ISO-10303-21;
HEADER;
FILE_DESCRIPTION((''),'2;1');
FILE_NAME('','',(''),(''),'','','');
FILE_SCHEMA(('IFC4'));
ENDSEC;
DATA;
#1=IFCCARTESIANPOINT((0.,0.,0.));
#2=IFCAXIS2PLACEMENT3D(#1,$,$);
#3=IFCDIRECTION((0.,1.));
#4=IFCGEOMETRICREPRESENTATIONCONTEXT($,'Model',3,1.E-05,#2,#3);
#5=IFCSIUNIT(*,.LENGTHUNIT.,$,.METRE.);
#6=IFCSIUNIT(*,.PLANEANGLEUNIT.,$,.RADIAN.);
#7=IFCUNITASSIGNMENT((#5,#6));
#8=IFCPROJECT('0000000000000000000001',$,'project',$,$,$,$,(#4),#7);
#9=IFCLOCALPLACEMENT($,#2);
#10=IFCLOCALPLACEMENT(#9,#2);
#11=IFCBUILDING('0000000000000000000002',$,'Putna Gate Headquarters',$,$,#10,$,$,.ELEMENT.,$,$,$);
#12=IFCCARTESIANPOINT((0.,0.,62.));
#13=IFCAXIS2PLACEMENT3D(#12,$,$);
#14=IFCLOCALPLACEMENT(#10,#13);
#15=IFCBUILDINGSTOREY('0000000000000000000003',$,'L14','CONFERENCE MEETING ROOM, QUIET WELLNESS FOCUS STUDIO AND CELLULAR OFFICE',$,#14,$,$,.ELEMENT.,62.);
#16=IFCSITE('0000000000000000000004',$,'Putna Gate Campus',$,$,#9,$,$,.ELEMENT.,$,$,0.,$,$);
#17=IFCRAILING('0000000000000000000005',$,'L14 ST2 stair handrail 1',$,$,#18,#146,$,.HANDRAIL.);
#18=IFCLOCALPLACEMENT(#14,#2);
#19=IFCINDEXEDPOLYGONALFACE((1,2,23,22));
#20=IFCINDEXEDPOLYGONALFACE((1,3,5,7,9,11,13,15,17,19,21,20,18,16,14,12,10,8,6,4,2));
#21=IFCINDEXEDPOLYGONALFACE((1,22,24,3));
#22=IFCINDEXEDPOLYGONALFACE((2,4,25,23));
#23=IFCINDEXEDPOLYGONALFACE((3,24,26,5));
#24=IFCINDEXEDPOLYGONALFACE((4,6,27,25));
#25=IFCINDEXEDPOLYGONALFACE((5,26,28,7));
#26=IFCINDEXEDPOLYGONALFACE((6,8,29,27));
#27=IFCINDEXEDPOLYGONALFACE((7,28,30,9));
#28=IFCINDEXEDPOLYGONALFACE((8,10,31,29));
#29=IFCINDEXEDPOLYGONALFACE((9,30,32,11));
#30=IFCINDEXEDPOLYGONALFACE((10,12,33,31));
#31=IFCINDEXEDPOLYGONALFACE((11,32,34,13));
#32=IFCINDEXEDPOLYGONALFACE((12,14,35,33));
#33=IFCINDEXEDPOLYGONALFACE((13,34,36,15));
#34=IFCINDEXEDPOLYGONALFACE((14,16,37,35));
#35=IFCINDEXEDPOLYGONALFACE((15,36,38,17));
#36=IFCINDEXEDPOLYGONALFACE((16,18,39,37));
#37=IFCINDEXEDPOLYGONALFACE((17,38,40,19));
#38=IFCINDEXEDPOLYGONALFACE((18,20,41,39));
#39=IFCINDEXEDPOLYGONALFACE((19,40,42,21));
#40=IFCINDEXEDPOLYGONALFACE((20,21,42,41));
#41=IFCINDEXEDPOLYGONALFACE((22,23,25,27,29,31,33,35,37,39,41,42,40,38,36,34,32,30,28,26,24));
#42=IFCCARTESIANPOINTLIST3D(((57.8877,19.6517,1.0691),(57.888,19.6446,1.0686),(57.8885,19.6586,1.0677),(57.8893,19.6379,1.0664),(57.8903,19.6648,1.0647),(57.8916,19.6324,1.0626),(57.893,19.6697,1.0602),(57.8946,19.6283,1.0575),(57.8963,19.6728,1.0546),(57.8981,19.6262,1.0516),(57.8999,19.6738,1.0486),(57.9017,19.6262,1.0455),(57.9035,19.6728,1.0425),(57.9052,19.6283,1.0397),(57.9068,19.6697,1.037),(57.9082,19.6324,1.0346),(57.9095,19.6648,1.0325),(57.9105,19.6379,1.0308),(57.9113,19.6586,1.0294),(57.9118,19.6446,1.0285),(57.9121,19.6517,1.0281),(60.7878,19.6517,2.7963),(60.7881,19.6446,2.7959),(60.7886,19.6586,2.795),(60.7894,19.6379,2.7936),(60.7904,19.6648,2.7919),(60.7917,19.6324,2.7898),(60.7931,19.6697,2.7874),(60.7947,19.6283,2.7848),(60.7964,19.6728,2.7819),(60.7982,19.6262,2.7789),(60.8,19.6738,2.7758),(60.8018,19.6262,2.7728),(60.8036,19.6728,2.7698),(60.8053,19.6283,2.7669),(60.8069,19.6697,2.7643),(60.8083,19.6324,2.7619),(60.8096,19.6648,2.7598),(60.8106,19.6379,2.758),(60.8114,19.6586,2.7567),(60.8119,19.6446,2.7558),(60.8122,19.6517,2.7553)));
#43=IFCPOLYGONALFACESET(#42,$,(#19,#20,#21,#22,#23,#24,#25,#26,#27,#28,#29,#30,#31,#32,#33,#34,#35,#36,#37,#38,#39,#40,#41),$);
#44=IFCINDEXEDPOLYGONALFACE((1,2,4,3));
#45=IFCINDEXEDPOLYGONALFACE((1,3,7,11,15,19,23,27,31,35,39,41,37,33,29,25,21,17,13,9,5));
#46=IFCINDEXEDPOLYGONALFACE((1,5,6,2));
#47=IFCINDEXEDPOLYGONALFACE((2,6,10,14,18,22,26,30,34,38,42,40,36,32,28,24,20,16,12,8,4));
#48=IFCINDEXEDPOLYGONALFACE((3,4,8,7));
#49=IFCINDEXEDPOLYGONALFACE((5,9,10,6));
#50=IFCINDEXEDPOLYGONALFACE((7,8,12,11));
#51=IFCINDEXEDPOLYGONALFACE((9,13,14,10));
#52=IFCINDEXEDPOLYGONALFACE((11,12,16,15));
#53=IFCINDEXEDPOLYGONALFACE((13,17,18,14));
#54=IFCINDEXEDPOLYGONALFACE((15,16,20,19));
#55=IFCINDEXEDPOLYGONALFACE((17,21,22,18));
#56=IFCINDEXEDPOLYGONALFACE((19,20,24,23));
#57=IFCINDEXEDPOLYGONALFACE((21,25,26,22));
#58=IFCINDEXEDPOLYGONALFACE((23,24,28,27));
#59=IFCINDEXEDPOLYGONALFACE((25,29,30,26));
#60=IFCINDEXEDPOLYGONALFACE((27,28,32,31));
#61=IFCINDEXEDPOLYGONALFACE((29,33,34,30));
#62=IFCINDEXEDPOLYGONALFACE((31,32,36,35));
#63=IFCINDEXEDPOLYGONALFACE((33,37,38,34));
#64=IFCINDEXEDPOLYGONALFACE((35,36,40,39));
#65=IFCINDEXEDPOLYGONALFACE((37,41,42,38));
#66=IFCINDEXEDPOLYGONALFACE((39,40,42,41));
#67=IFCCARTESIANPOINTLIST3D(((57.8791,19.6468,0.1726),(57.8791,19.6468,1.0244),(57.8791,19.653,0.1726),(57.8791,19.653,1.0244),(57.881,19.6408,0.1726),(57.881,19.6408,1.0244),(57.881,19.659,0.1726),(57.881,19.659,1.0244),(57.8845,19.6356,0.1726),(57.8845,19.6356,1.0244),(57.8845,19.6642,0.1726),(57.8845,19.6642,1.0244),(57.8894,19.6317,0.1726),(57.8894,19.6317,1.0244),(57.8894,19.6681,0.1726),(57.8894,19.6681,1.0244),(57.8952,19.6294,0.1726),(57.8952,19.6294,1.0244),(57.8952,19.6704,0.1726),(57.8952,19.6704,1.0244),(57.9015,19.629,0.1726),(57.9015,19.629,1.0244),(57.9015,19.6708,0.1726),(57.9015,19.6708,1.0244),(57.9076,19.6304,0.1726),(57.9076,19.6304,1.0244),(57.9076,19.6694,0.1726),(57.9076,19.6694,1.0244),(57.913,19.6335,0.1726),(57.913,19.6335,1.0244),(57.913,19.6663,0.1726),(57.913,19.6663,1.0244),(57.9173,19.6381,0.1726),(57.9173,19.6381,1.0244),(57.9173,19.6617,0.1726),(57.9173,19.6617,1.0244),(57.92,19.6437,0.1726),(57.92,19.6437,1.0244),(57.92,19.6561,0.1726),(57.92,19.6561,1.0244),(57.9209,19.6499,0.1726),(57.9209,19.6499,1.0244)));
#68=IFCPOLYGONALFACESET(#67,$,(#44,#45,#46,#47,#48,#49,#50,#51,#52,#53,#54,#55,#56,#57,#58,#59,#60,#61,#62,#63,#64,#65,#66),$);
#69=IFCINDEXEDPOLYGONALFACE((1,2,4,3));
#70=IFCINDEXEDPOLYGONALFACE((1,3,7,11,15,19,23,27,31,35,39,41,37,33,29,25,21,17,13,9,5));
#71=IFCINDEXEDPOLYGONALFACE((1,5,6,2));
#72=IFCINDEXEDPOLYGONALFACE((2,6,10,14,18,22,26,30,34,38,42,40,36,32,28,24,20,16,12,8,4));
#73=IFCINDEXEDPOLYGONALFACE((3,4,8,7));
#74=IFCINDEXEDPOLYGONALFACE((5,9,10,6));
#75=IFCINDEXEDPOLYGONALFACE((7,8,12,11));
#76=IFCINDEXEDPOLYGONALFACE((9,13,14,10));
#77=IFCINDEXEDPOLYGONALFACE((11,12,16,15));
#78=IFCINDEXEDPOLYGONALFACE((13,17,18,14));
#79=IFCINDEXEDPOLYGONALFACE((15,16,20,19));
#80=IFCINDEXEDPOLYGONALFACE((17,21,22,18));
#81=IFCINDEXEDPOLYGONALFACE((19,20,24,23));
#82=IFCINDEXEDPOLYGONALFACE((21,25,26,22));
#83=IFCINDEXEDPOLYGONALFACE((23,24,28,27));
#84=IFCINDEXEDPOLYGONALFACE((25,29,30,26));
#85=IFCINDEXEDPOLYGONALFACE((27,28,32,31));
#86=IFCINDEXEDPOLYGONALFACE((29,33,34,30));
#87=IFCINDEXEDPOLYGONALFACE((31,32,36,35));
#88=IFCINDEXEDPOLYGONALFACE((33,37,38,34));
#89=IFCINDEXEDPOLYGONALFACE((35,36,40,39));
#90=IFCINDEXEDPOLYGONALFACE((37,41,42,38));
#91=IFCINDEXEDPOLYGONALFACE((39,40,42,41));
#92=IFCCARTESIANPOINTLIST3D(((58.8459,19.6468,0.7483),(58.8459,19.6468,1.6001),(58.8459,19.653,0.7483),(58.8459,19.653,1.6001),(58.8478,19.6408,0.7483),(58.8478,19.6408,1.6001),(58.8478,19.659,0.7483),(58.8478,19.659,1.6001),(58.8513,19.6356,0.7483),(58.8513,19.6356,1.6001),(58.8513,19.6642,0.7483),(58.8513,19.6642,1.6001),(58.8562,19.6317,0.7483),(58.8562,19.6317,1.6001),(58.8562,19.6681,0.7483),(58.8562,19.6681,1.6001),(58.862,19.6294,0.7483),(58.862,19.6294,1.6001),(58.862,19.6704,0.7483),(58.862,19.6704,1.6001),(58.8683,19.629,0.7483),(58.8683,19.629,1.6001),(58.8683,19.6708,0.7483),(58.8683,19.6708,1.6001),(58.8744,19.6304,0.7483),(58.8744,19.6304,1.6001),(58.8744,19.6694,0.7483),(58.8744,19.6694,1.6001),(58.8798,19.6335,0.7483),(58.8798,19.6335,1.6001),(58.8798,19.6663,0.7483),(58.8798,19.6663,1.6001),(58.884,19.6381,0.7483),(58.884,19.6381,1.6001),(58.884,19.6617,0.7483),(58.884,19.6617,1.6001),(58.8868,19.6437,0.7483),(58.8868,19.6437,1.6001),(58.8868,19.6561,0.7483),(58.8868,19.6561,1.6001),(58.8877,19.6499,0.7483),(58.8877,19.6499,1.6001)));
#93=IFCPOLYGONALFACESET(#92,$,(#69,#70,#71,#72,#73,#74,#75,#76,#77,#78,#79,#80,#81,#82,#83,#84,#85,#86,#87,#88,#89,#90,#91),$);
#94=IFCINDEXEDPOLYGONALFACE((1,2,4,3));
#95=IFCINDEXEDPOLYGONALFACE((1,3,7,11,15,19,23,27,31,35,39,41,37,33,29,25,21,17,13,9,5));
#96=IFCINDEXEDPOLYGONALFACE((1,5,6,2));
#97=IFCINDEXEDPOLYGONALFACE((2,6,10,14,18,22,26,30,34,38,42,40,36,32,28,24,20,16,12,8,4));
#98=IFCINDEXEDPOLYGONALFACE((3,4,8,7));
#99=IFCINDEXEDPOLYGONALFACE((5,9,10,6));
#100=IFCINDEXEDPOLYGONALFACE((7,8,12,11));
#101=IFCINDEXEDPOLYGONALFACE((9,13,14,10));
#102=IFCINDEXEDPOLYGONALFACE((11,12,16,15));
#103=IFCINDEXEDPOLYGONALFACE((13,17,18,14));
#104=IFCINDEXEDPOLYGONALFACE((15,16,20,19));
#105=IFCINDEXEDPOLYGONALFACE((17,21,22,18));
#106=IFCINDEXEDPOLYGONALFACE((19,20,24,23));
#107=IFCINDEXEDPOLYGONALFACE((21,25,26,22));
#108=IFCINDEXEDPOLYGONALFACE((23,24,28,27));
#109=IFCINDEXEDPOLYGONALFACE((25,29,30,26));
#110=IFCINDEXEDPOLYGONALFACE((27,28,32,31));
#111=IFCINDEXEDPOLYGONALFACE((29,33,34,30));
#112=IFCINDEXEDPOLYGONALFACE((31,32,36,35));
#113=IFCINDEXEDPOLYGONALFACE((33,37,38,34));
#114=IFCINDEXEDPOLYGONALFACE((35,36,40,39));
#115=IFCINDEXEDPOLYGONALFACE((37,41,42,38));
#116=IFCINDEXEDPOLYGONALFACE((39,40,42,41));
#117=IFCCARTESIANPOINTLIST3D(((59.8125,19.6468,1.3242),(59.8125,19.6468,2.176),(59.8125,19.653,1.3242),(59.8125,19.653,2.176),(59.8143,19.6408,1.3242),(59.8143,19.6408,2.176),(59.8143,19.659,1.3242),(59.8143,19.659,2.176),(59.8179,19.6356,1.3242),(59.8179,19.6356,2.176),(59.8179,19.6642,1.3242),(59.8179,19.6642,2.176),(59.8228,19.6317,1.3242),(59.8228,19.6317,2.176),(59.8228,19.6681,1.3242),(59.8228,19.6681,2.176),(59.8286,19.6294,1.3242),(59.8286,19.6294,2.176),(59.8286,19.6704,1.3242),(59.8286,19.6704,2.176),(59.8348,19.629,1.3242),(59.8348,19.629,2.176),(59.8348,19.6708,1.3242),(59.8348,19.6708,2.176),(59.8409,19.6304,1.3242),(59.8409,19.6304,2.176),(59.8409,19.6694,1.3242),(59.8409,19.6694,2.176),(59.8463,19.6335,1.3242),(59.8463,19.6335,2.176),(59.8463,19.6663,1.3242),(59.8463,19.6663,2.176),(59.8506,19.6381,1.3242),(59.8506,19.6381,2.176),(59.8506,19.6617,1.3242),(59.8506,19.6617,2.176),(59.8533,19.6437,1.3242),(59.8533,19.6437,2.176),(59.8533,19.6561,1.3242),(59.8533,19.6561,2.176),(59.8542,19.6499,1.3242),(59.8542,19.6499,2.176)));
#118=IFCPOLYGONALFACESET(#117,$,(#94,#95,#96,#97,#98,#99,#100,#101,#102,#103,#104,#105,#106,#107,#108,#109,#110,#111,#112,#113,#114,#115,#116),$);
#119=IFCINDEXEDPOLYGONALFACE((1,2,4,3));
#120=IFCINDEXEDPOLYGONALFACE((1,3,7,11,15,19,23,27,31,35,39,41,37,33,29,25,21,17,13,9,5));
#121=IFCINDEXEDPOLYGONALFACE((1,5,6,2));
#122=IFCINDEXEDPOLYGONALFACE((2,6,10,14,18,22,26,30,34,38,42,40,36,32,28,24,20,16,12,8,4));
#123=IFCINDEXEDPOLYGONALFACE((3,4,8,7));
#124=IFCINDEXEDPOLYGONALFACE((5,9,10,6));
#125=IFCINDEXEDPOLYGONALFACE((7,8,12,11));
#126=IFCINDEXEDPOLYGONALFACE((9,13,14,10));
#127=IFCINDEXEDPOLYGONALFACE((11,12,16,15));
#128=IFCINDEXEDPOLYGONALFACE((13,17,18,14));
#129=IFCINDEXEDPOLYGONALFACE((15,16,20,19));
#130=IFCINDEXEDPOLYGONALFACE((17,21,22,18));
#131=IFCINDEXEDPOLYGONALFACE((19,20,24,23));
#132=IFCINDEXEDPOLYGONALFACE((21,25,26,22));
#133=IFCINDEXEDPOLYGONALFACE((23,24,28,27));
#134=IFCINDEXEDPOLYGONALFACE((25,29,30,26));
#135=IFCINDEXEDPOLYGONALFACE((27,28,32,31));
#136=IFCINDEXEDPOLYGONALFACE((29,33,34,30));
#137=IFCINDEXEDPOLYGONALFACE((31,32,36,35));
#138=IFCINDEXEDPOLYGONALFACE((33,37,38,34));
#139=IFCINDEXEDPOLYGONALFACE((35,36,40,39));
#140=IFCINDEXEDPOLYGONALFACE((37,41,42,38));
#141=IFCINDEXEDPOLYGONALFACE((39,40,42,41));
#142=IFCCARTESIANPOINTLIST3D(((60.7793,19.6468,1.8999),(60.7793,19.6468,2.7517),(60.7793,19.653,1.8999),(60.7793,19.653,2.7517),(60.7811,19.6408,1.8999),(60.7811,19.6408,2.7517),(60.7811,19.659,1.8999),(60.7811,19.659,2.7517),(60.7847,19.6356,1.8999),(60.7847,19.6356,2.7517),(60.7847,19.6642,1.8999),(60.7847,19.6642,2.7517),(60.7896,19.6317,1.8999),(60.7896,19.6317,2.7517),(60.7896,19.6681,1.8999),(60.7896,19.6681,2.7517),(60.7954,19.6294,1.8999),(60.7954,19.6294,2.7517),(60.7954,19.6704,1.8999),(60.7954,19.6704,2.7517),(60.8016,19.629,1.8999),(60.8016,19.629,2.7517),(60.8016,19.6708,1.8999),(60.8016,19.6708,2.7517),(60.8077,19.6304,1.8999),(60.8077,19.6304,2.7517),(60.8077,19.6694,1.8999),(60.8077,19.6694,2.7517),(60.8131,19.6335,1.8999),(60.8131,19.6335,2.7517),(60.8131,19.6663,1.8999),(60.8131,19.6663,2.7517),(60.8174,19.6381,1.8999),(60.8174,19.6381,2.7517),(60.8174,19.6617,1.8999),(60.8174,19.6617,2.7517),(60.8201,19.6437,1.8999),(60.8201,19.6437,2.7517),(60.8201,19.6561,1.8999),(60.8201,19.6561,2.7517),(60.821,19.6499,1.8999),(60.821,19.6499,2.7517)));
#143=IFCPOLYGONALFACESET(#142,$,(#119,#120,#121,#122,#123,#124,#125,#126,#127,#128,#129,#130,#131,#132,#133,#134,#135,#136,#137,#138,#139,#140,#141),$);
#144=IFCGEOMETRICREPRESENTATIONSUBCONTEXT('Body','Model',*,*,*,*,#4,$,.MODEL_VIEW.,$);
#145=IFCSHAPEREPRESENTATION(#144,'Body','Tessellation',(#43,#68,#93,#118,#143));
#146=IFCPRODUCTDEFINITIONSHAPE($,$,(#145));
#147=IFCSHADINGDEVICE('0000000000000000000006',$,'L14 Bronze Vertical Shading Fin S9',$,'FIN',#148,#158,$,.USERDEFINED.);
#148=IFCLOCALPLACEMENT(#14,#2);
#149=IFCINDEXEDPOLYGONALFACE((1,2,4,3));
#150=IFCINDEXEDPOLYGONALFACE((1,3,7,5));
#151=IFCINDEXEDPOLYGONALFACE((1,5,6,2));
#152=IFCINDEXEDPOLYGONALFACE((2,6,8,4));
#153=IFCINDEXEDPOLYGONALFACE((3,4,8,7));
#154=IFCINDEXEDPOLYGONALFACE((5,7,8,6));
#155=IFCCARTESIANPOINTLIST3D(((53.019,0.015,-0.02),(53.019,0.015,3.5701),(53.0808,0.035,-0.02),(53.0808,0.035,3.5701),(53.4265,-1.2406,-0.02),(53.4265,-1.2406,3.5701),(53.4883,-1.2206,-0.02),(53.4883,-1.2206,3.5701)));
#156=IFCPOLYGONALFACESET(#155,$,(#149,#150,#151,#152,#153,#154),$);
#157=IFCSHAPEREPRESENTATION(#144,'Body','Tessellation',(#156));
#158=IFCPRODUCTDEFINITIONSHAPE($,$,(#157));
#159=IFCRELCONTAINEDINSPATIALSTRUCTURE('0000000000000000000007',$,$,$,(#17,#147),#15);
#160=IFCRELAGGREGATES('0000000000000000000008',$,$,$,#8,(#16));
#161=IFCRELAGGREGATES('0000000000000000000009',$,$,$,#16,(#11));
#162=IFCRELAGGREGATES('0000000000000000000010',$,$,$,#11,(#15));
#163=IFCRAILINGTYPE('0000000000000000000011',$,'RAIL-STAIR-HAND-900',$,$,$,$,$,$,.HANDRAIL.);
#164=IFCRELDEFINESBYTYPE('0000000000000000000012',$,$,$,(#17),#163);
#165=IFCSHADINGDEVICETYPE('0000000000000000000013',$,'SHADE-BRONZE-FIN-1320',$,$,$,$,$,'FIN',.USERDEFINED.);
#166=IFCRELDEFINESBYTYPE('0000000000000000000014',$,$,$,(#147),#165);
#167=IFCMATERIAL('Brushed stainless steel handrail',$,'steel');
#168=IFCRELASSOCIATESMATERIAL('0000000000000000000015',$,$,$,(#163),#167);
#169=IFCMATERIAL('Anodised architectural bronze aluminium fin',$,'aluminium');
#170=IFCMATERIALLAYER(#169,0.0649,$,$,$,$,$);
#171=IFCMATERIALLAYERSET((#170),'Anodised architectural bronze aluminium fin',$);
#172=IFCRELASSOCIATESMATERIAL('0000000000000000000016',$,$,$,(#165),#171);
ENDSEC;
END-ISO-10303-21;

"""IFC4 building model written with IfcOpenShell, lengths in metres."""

from ifc_helpers import new_model, si_unit, direction, frame, origin, origin_2d, place, context, subcontext, project, spatial, rectangle, circle, extrude, material, layer, layer_set, type_object, element, save


model = new_model("IFC4")

# Units and contexts
model_context = context("Model", 3, precision=1e-05, world=origin(), true_north=direction((0.0, 1.0)))
body_context = subcontext(model_context, "Body", "Model", "MODEL_VIEW")
ifc_project = project(units=[si_unit("LENGTHUNIT", "METRE"), si_unit("PLANEANGLEUNIT", "RADIAN")], contexts=[model_context])

# Site, building, storey
site_placement = place(None, origin())
site = spatial("IfcSite", under=ifc_project, at=site_placement, Name="Putna Gate Campus", CompositionType="ELEMENT", RefElevation=0.0)
building_placement = place(site_placement, origin())
building = spatial("IfcBuilding", under=site, at=building_placement, Name="Putna Gate Headquarters", CompositionType="ELEMENT")
storey_placement = place(building_placement, frame((0.0, 0.0, 62.0)))
storey = spatial("IfcBuildingStorey", under=building, at=storey_placement, Name="L14", Description="CONFERENCE MEETING ROOM, QUIET WELLNESS FOCUS STUDIO AND CELLULAR OFFICE", CompositionType="ELEMENT", Elevation=62.0)

# Railing
ifc_material_1 = material(Name="Brushed stainless steel handrail", Category="steel")
railing_type_1 = type_object("IfcRailingType", Name="RAIL-STAIR-HAND-900", PredefinedType="HANDRAIL", material=ifc_material_1)
railing_1_placement = place(storey_placement, frame((57.8999, 19.6499, 0.1726)))
element("IfcRailing", 1, at=railing_1_placement, inside=storey, type_object=railing_type_1, Name="L14 ST2 stair handrail 1", PredefinedType="HANDRAIL", context=body_context, shape_type="SweptSolid", body=[
    extrude(circle(Radius=0.0239, at=origin_2d()), frame((0.0, 0.0, 0.876), z_axis=(0.85916, 0.0, 0.511706), x_axis=(0.0, 1.0, 0.0)), (0.0, 0.0, 1.0), 3.3755),
    extrude(circle(Radius=0.021, at=origin_2d()), origin(), (0.0, 0.0, 1.0), 0.8518),
    extrude(circle(Radius=0.021, at=origin_2d()), frame((0.9668, 0.0, 0.5757)), (0.0, 0.0, 1.0), 0.8518),
    extrude(circle(Radius=0.021, at=origin_2d()), frame((1.9333, 0.0, 1.1516)), (0.0, 0.0, 1.0), 0.8518),
    extrude(circle(Radius=0.021, at=origin_2d()), frame((2.9001, 0.0, 1.7273)), (0.0, 0.0, 1.0), 0.8518),
])

# Shading device
ifc_material_2 = material(Name="Anodised architectural bronze aluminium fin", Category="aluminium")
ifc_layer_1 = layer(ifc_material_2, 0.0649)
ifc_layer_set_1 = layer_set([ifc_layer_1], Name="Anodised architectural bronze aluminium fin")
shading_device_type = type_object("IfcShadingDeviceType", Name="SHADE-BRONZE-FIN-1320", ElementType="FIN", PredefinedType="USERDEFINED", material=ifc_layer_set_1)
shading_device_placement = place(storey_placement, frame((53.2537, -0.6028, -0.02), z_axis=(0.0, 0.0, 1.0), x_axis=(0.308685, -0.951164, 0.0)))
element("IfcShadingDevice", 2, at=shading_device_placement, inside=storey, type_object=shading_device_type, Name="L14 Bronze Vertical Shading Fin S9", ObjectType="FIN", PredefinedType="USERDEFINED", context=body_context, shape_type="SweptSolid", body=[
    extrude(rectangle(XDim=1.3201, YDim=0.0649, at=origin_2d()), origin(), (0.0, 0.0, 1.0), 3.5901),
])

save(model, "model.ifc")
